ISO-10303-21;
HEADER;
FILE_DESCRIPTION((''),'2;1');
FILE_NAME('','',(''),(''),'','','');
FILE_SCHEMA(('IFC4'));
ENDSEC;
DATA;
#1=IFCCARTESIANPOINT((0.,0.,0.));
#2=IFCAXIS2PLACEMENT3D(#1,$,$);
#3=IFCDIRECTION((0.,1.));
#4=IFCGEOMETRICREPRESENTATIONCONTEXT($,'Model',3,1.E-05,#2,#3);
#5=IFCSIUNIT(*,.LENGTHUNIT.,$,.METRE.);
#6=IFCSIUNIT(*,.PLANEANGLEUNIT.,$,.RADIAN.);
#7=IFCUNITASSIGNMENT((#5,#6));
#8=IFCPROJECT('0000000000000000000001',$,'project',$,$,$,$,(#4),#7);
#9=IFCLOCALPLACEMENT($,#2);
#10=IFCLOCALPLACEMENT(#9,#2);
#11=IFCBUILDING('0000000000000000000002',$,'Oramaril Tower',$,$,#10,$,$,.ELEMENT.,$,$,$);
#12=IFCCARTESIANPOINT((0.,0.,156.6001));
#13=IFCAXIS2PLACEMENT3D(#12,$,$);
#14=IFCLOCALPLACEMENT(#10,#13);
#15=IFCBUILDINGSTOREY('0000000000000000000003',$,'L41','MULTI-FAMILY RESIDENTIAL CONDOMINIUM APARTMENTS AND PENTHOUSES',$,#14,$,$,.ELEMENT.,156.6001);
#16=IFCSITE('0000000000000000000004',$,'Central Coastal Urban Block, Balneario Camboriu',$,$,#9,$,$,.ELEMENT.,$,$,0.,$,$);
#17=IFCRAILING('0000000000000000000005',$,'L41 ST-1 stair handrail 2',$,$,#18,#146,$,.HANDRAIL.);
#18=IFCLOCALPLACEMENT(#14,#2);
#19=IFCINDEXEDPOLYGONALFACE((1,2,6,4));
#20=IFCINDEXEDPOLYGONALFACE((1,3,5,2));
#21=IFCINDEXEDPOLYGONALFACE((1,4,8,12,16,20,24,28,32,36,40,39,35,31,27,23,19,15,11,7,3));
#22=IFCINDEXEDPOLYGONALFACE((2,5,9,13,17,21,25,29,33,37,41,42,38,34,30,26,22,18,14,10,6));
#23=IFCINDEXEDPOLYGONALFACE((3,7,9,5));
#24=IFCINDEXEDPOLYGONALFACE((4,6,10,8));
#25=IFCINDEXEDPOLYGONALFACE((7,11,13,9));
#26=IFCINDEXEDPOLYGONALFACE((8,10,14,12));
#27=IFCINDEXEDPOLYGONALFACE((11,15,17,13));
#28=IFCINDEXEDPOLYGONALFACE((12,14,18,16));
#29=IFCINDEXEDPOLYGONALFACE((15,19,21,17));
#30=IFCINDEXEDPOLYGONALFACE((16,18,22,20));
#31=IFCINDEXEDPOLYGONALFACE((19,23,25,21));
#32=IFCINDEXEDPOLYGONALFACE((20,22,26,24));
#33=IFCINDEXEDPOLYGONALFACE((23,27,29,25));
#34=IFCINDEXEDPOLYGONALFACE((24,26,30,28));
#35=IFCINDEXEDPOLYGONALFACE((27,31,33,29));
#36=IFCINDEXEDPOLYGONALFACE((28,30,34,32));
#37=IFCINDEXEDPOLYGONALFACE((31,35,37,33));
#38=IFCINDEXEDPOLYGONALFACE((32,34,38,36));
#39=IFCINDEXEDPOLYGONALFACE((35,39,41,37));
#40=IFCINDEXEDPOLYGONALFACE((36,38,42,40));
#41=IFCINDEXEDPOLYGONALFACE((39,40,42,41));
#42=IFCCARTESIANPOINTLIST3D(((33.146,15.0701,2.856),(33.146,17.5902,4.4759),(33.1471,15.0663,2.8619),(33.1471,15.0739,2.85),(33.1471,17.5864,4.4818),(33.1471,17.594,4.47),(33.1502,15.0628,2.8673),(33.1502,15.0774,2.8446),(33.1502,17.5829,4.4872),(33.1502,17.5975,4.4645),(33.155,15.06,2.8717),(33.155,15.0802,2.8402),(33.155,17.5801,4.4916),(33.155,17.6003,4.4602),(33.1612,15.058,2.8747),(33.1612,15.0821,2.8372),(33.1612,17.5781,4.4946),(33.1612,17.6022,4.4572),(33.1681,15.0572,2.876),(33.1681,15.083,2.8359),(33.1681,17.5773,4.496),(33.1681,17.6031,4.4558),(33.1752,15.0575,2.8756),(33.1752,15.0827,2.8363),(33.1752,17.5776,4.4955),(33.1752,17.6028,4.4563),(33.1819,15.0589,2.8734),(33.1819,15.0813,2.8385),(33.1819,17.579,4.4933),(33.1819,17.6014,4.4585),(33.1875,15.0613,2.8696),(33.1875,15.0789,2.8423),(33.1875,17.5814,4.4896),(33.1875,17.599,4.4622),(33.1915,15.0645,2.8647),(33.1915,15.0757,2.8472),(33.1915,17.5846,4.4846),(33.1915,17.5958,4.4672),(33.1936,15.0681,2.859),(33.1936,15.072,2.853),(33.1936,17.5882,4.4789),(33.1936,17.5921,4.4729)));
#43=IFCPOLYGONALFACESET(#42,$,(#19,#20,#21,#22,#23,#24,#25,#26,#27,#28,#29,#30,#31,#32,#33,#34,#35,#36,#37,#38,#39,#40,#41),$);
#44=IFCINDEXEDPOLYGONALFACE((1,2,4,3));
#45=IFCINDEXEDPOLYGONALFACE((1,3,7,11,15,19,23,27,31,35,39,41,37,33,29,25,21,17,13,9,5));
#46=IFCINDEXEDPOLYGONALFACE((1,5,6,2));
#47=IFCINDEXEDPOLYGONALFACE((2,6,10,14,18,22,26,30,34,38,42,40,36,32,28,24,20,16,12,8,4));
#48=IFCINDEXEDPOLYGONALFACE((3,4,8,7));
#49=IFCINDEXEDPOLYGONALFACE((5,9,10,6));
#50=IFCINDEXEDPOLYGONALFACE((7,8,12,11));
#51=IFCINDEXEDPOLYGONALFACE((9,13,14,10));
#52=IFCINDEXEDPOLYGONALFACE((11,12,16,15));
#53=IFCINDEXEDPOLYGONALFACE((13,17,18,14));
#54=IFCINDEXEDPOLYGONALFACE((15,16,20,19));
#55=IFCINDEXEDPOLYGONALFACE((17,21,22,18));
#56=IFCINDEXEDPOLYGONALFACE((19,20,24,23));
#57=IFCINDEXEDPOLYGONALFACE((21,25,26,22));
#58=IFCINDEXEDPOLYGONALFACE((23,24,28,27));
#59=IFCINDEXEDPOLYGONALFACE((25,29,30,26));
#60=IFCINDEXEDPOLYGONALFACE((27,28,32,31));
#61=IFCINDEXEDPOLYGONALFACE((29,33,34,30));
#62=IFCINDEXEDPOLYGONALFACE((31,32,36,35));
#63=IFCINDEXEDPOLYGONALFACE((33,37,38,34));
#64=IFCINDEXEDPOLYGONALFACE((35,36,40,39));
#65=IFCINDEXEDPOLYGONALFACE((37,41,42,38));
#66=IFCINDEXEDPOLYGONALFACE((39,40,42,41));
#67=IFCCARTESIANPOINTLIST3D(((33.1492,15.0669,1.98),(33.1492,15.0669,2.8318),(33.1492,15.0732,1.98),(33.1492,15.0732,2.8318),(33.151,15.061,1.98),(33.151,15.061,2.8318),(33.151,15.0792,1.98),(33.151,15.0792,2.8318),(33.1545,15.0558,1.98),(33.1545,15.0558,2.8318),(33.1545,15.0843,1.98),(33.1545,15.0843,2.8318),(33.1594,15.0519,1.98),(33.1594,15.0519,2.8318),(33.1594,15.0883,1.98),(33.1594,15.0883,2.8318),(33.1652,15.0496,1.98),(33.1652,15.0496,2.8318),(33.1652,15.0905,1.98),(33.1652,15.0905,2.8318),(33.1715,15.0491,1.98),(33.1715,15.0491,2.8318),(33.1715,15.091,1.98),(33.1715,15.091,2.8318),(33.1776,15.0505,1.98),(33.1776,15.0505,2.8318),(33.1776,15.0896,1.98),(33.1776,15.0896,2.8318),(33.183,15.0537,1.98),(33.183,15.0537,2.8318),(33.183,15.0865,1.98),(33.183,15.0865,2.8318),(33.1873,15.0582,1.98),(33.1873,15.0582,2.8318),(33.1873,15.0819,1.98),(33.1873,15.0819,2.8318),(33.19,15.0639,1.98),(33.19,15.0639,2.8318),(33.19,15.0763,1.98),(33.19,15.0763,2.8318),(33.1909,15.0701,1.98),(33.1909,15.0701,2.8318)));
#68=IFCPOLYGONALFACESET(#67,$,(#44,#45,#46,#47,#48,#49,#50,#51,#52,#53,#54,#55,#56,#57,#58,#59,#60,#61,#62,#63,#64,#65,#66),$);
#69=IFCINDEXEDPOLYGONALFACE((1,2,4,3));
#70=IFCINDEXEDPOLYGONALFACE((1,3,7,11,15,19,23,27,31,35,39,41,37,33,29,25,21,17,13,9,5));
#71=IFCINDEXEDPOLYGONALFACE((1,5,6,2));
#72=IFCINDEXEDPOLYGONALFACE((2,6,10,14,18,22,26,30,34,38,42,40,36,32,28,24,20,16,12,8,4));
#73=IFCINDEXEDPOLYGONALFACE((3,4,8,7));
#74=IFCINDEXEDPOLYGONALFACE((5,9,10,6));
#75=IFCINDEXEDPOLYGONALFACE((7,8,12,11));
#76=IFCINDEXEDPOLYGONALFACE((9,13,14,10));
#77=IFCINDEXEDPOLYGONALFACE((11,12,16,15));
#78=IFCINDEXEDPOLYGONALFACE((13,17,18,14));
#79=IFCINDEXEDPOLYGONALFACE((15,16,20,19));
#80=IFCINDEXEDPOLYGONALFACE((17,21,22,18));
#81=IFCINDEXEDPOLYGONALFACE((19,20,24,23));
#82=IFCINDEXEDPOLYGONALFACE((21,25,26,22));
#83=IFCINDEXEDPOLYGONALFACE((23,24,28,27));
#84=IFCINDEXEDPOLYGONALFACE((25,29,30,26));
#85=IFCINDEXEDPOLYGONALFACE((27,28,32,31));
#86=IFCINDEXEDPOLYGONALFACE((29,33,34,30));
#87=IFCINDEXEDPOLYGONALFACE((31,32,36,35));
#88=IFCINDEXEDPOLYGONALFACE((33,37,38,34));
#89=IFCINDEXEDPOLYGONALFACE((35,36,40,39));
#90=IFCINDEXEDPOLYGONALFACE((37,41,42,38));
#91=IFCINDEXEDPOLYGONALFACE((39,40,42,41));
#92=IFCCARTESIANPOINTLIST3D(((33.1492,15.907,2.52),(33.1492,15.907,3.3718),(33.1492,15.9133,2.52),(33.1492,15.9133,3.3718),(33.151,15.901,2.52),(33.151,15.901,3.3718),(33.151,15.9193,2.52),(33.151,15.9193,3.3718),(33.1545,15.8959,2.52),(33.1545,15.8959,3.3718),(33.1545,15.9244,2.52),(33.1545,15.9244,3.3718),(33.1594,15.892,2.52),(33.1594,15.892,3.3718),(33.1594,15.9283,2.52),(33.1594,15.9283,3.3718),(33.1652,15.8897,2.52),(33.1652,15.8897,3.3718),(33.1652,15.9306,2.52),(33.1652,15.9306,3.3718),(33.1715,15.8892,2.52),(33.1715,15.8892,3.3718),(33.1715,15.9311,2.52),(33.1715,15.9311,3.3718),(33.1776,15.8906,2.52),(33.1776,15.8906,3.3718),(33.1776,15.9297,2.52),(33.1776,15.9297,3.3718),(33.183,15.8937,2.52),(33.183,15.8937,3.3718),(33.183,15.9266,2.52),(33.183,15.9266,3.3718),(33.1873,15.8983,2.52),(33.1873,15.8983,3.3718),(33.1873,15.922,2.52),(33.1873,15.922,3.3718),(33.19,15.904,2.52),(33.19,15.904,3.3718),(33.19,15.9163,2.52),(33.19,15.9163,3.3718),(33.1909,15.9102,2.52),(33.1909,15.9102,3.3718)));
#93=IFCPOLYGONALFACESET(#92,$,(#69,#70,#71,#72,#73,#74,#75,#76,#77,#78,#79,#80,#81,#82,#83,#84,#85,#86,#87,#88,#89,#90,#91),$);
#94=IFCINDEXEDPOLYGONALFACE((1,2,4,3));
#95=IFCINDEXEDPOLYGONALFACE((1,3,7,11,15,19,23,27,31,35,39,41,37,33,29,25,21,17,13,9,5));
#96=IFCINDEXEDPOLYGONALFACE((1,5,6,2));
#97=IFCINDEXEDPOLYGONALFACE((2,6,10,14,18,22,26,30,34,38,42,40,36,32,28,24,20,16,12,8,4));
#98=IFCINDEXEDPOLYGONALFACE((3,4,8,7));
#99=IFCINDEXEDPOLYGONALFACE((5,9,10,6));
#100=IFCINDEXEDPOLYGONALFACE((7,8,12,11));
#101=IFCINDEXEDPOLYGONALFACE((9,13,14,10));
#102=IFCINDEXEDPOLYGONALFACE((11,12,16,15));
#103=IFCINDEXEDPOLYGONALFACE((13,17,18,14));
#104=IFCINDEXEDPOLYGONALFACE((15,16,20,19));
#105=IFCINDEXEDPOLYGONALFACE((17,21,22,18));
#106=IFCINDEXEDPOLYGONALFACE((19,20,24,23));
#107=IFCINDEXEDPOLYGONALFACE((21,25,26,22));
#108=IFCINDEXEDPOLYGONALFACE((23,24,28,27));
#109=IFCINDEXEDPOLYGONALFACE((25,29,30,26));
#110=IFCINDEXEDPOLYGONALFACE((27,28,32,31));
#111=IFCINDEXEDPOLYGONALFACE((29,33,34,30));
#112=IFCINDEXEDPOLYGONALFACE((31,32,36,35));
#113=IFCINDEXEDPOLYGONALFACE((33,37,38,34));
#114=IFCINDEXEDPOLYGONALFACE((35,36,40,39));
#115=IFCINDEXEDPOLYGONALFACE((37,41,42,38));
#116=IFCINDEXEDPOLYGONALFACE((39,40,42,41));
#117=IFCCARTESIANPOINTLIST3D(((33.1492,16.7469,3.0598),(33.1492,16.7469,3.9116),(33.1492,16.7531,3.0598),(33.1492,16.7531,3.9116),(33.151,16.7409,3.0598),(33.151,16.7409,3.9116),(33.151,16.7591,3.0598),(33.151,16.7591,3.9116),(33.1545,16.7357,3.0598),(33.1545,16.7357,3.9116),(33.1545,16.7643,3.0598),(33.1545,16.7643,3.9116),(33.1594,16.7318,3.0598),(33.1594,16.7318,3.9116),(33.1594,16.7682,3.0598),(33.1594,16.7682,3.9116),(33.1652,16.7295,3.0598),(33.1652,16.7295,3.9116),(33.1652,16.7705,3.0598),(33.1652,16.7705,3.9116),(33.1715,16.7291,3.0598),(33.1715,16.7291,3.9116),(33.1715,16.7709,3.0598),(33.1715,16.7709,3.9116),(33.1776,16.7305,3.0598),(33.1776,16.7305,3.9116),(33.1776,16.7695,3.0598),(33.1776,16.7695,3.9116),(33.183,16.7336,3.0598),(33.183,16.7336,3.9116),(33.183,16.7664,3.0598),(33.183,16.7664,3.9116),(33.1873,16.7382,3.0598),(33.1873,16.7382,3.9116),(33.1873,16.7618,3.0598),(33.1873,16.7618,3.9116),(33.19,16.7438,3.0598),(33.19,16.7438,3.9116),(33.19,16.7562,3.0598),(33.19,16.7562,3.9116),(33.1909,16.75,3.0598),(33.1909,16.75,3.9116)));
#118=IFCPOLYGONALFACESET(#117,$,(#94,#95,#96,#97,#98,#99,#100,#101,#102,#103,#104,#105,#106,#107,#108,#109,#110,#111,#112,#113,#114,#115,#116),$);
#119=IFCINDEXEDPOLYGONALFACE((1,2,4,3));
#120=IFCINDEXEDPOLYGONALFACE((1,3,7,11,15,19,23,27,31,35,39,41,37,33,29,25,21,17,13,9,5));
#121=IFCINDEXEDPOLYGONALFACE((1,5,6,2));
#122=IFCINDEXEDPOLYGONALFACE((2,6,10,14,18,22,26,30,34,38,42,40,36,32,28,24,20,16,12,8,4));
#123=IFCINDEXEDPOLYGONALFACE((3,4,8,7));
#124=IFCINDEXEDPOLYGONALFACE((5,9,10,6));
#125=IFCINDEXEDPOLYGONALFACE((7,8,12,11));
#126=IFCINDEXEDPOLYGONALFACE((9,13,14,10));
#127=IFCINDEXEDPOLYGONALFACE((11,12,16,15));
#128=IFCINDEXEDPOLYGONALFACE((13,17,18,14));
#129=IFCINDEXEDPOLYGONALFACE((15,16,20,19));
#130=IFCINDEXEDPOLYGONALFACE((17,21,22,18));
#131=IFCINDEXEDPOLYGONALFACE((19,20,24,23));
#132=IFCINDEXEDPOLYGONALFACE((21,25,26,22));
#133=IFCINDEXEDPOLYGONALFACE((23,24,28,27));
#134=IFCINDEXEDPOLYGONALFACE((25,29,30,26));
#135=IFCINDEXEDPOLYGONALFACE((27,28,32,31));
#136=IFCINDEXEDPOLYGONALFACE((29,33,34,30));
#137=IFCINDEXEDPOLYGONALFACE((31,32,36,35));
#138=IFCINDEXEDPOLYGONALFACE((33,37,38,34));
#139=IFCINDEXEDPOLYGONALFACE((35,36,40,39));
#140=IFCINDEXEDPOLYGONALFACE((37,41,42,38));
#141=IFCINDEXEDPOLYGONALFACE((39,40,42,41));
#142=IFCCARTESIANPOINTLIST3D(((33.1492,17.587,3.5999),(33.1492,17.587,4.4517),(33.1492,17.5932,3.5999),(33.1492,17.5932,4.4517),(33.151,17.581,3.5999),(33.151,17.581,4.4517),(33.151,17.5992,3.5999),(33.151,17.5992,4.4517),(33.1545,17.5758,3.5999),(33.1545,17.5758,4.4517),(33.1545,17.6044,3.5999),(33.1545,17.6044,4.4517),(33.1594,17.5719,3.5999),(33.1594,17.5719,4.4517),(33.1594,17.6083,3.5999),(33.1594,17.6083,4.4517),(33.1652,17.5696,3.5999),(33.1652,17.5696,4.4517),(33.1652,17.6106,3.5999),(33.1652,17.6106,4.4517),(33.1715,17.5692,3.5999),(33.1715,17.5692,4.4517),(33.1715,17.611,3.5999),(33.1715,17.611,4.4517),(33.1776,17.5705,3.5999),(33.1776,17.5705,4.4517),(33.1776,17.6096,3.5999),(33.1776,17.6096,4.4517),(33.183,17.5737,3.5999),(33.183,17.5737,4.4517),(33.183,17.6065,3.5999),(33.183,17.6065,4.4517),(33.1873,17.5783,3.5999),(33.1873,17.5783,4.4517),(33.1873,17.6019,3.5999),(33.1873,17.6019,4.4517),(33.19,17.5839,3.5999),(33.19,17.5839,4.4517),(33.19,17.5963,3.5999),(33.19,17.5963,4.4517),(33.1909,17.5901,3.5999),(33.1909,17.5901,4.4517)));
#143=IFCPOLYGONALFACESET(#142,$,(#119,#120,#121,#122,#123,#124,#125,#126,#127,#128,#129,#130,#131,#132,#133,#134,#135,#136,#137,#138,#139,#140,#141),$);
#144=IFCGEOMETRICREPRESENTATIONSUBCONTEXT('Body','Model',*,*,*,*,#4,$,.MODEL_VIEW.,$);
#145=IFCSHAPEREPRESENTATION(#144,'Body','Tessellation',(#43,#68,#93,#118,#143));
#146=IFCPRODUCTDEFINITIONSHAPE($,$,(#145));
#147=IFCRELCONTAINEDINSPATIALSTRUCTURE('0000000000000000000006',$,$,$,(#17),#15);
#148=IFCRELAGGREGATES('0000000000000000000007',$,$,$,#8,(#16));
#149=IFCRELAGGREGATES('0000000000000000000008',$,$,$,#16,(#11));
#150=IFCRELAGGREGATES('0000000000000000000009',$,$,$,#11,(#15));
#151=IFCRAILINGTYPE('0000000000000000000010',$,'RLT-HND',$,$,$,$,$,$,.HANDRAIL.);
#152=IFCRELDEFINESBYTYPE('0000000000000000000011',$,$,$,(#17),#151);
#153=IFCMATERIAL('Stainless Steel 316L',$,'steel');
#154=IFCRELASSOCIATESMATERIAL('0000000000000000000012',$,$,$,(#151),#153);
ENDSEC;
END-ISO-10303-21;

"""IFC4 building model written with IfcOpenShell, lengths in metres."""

from ifc_helpers import new_model, si_unit, direction, frame, origin, origin_2d, place, context, subcontext, project, spatial, circle, extrude, material, type_object, element, save


model = new_model("IFC4")

# Units and contexts
model_context = context("Model", 3, precision=1e-05, world=origin(), true_north=direction((0.0, 1.0)))
body_context = subcontext(model_context, "Body", "Model", "MODEL_VIEW")
ifc_project = project(units=[si_unit("LENGTHUNIT", "METRE"), si_unit("PLANEANGLEUNIT", "RADIAN")], contexts=[model_context])

# Site, building, storey
site_placement = place(None, origin())
site = spatial("IfcSite", under=ifc_project, at=site_placement, Name="Central Coastal Urban Block, Balneario Camboriu", CompositionType="ELEMENT", RefElevation=0.0)
building_placement = place(site_placement, origin())
building = spatial("IfcBuilding", under=site, at=building_placement, Name="Oramaril Tower", CompositionType="ELEMENT")
storey_placement = place(building_placement, frame((0.0, 0.0, 156.6001)))
storey = spatial("IfcBuildingStorey", under=building, at=storey_placement, Name="L41", Description="MULTI-FAMILY RESIDENTIAL CONDOMINIUM APARTMENTS AND PENTHOUSES", CompositionType="ELEMENT", Elevation=156.6001)

# Railing
ifc_material_1 = material(Name="Stainless Steel 316L", Category="steel")
railing_type_1 = type_object("IfcRailingType", Name="RLT-HND", PredefinedType="HANDRAIL", material=ifc_material_1)
for number, where, name in (
    (1, (33.1699, 15.0701, 1.98), "L41 ST-1 stair handrail 2"),
):
    element("IfcRailing", number, at=place(storey_placement, frame(where)), inside=storey, type_object=railing_type_1, Name=name, PredefinedType="HANDRAIL", context=body_context, shape_type="SweptSolid", body=[
        extrude(circle(Radius=0.0239, at=origin_2d()), frame((0.0, 0.0, 0.876), z_axis=(0.0, 0.8412, 0.540725), x_axis=(-1.0, 0.0, 0.0)), (0.0, 0.0, 1.0), 2.9958),
        extrude(circle(Radius=0.021, at=origin_2d()), origin(), (0.0, 0.0, 1.0), 0.8518),
        extrude(circle(Radius=0.021, at=origin_2d()), frame((0.0, 0.8401, 0.54)), (0.0, 0.0, 1.0), 0.8518),
        extrude(circle(Radius=0.021, at=origin_2d()), frame((0.0, 1.6799, 1.0798)), (0.0, 0.0, 1.0), 0.8518),
        extrude(circle(Radius=0.021, at=origin_2d()), frame((0.0, 2.52, 1.6199)), (0.0, 0.0, 1.0), 0.8518),
    ])

save(model, "model.ifc")
